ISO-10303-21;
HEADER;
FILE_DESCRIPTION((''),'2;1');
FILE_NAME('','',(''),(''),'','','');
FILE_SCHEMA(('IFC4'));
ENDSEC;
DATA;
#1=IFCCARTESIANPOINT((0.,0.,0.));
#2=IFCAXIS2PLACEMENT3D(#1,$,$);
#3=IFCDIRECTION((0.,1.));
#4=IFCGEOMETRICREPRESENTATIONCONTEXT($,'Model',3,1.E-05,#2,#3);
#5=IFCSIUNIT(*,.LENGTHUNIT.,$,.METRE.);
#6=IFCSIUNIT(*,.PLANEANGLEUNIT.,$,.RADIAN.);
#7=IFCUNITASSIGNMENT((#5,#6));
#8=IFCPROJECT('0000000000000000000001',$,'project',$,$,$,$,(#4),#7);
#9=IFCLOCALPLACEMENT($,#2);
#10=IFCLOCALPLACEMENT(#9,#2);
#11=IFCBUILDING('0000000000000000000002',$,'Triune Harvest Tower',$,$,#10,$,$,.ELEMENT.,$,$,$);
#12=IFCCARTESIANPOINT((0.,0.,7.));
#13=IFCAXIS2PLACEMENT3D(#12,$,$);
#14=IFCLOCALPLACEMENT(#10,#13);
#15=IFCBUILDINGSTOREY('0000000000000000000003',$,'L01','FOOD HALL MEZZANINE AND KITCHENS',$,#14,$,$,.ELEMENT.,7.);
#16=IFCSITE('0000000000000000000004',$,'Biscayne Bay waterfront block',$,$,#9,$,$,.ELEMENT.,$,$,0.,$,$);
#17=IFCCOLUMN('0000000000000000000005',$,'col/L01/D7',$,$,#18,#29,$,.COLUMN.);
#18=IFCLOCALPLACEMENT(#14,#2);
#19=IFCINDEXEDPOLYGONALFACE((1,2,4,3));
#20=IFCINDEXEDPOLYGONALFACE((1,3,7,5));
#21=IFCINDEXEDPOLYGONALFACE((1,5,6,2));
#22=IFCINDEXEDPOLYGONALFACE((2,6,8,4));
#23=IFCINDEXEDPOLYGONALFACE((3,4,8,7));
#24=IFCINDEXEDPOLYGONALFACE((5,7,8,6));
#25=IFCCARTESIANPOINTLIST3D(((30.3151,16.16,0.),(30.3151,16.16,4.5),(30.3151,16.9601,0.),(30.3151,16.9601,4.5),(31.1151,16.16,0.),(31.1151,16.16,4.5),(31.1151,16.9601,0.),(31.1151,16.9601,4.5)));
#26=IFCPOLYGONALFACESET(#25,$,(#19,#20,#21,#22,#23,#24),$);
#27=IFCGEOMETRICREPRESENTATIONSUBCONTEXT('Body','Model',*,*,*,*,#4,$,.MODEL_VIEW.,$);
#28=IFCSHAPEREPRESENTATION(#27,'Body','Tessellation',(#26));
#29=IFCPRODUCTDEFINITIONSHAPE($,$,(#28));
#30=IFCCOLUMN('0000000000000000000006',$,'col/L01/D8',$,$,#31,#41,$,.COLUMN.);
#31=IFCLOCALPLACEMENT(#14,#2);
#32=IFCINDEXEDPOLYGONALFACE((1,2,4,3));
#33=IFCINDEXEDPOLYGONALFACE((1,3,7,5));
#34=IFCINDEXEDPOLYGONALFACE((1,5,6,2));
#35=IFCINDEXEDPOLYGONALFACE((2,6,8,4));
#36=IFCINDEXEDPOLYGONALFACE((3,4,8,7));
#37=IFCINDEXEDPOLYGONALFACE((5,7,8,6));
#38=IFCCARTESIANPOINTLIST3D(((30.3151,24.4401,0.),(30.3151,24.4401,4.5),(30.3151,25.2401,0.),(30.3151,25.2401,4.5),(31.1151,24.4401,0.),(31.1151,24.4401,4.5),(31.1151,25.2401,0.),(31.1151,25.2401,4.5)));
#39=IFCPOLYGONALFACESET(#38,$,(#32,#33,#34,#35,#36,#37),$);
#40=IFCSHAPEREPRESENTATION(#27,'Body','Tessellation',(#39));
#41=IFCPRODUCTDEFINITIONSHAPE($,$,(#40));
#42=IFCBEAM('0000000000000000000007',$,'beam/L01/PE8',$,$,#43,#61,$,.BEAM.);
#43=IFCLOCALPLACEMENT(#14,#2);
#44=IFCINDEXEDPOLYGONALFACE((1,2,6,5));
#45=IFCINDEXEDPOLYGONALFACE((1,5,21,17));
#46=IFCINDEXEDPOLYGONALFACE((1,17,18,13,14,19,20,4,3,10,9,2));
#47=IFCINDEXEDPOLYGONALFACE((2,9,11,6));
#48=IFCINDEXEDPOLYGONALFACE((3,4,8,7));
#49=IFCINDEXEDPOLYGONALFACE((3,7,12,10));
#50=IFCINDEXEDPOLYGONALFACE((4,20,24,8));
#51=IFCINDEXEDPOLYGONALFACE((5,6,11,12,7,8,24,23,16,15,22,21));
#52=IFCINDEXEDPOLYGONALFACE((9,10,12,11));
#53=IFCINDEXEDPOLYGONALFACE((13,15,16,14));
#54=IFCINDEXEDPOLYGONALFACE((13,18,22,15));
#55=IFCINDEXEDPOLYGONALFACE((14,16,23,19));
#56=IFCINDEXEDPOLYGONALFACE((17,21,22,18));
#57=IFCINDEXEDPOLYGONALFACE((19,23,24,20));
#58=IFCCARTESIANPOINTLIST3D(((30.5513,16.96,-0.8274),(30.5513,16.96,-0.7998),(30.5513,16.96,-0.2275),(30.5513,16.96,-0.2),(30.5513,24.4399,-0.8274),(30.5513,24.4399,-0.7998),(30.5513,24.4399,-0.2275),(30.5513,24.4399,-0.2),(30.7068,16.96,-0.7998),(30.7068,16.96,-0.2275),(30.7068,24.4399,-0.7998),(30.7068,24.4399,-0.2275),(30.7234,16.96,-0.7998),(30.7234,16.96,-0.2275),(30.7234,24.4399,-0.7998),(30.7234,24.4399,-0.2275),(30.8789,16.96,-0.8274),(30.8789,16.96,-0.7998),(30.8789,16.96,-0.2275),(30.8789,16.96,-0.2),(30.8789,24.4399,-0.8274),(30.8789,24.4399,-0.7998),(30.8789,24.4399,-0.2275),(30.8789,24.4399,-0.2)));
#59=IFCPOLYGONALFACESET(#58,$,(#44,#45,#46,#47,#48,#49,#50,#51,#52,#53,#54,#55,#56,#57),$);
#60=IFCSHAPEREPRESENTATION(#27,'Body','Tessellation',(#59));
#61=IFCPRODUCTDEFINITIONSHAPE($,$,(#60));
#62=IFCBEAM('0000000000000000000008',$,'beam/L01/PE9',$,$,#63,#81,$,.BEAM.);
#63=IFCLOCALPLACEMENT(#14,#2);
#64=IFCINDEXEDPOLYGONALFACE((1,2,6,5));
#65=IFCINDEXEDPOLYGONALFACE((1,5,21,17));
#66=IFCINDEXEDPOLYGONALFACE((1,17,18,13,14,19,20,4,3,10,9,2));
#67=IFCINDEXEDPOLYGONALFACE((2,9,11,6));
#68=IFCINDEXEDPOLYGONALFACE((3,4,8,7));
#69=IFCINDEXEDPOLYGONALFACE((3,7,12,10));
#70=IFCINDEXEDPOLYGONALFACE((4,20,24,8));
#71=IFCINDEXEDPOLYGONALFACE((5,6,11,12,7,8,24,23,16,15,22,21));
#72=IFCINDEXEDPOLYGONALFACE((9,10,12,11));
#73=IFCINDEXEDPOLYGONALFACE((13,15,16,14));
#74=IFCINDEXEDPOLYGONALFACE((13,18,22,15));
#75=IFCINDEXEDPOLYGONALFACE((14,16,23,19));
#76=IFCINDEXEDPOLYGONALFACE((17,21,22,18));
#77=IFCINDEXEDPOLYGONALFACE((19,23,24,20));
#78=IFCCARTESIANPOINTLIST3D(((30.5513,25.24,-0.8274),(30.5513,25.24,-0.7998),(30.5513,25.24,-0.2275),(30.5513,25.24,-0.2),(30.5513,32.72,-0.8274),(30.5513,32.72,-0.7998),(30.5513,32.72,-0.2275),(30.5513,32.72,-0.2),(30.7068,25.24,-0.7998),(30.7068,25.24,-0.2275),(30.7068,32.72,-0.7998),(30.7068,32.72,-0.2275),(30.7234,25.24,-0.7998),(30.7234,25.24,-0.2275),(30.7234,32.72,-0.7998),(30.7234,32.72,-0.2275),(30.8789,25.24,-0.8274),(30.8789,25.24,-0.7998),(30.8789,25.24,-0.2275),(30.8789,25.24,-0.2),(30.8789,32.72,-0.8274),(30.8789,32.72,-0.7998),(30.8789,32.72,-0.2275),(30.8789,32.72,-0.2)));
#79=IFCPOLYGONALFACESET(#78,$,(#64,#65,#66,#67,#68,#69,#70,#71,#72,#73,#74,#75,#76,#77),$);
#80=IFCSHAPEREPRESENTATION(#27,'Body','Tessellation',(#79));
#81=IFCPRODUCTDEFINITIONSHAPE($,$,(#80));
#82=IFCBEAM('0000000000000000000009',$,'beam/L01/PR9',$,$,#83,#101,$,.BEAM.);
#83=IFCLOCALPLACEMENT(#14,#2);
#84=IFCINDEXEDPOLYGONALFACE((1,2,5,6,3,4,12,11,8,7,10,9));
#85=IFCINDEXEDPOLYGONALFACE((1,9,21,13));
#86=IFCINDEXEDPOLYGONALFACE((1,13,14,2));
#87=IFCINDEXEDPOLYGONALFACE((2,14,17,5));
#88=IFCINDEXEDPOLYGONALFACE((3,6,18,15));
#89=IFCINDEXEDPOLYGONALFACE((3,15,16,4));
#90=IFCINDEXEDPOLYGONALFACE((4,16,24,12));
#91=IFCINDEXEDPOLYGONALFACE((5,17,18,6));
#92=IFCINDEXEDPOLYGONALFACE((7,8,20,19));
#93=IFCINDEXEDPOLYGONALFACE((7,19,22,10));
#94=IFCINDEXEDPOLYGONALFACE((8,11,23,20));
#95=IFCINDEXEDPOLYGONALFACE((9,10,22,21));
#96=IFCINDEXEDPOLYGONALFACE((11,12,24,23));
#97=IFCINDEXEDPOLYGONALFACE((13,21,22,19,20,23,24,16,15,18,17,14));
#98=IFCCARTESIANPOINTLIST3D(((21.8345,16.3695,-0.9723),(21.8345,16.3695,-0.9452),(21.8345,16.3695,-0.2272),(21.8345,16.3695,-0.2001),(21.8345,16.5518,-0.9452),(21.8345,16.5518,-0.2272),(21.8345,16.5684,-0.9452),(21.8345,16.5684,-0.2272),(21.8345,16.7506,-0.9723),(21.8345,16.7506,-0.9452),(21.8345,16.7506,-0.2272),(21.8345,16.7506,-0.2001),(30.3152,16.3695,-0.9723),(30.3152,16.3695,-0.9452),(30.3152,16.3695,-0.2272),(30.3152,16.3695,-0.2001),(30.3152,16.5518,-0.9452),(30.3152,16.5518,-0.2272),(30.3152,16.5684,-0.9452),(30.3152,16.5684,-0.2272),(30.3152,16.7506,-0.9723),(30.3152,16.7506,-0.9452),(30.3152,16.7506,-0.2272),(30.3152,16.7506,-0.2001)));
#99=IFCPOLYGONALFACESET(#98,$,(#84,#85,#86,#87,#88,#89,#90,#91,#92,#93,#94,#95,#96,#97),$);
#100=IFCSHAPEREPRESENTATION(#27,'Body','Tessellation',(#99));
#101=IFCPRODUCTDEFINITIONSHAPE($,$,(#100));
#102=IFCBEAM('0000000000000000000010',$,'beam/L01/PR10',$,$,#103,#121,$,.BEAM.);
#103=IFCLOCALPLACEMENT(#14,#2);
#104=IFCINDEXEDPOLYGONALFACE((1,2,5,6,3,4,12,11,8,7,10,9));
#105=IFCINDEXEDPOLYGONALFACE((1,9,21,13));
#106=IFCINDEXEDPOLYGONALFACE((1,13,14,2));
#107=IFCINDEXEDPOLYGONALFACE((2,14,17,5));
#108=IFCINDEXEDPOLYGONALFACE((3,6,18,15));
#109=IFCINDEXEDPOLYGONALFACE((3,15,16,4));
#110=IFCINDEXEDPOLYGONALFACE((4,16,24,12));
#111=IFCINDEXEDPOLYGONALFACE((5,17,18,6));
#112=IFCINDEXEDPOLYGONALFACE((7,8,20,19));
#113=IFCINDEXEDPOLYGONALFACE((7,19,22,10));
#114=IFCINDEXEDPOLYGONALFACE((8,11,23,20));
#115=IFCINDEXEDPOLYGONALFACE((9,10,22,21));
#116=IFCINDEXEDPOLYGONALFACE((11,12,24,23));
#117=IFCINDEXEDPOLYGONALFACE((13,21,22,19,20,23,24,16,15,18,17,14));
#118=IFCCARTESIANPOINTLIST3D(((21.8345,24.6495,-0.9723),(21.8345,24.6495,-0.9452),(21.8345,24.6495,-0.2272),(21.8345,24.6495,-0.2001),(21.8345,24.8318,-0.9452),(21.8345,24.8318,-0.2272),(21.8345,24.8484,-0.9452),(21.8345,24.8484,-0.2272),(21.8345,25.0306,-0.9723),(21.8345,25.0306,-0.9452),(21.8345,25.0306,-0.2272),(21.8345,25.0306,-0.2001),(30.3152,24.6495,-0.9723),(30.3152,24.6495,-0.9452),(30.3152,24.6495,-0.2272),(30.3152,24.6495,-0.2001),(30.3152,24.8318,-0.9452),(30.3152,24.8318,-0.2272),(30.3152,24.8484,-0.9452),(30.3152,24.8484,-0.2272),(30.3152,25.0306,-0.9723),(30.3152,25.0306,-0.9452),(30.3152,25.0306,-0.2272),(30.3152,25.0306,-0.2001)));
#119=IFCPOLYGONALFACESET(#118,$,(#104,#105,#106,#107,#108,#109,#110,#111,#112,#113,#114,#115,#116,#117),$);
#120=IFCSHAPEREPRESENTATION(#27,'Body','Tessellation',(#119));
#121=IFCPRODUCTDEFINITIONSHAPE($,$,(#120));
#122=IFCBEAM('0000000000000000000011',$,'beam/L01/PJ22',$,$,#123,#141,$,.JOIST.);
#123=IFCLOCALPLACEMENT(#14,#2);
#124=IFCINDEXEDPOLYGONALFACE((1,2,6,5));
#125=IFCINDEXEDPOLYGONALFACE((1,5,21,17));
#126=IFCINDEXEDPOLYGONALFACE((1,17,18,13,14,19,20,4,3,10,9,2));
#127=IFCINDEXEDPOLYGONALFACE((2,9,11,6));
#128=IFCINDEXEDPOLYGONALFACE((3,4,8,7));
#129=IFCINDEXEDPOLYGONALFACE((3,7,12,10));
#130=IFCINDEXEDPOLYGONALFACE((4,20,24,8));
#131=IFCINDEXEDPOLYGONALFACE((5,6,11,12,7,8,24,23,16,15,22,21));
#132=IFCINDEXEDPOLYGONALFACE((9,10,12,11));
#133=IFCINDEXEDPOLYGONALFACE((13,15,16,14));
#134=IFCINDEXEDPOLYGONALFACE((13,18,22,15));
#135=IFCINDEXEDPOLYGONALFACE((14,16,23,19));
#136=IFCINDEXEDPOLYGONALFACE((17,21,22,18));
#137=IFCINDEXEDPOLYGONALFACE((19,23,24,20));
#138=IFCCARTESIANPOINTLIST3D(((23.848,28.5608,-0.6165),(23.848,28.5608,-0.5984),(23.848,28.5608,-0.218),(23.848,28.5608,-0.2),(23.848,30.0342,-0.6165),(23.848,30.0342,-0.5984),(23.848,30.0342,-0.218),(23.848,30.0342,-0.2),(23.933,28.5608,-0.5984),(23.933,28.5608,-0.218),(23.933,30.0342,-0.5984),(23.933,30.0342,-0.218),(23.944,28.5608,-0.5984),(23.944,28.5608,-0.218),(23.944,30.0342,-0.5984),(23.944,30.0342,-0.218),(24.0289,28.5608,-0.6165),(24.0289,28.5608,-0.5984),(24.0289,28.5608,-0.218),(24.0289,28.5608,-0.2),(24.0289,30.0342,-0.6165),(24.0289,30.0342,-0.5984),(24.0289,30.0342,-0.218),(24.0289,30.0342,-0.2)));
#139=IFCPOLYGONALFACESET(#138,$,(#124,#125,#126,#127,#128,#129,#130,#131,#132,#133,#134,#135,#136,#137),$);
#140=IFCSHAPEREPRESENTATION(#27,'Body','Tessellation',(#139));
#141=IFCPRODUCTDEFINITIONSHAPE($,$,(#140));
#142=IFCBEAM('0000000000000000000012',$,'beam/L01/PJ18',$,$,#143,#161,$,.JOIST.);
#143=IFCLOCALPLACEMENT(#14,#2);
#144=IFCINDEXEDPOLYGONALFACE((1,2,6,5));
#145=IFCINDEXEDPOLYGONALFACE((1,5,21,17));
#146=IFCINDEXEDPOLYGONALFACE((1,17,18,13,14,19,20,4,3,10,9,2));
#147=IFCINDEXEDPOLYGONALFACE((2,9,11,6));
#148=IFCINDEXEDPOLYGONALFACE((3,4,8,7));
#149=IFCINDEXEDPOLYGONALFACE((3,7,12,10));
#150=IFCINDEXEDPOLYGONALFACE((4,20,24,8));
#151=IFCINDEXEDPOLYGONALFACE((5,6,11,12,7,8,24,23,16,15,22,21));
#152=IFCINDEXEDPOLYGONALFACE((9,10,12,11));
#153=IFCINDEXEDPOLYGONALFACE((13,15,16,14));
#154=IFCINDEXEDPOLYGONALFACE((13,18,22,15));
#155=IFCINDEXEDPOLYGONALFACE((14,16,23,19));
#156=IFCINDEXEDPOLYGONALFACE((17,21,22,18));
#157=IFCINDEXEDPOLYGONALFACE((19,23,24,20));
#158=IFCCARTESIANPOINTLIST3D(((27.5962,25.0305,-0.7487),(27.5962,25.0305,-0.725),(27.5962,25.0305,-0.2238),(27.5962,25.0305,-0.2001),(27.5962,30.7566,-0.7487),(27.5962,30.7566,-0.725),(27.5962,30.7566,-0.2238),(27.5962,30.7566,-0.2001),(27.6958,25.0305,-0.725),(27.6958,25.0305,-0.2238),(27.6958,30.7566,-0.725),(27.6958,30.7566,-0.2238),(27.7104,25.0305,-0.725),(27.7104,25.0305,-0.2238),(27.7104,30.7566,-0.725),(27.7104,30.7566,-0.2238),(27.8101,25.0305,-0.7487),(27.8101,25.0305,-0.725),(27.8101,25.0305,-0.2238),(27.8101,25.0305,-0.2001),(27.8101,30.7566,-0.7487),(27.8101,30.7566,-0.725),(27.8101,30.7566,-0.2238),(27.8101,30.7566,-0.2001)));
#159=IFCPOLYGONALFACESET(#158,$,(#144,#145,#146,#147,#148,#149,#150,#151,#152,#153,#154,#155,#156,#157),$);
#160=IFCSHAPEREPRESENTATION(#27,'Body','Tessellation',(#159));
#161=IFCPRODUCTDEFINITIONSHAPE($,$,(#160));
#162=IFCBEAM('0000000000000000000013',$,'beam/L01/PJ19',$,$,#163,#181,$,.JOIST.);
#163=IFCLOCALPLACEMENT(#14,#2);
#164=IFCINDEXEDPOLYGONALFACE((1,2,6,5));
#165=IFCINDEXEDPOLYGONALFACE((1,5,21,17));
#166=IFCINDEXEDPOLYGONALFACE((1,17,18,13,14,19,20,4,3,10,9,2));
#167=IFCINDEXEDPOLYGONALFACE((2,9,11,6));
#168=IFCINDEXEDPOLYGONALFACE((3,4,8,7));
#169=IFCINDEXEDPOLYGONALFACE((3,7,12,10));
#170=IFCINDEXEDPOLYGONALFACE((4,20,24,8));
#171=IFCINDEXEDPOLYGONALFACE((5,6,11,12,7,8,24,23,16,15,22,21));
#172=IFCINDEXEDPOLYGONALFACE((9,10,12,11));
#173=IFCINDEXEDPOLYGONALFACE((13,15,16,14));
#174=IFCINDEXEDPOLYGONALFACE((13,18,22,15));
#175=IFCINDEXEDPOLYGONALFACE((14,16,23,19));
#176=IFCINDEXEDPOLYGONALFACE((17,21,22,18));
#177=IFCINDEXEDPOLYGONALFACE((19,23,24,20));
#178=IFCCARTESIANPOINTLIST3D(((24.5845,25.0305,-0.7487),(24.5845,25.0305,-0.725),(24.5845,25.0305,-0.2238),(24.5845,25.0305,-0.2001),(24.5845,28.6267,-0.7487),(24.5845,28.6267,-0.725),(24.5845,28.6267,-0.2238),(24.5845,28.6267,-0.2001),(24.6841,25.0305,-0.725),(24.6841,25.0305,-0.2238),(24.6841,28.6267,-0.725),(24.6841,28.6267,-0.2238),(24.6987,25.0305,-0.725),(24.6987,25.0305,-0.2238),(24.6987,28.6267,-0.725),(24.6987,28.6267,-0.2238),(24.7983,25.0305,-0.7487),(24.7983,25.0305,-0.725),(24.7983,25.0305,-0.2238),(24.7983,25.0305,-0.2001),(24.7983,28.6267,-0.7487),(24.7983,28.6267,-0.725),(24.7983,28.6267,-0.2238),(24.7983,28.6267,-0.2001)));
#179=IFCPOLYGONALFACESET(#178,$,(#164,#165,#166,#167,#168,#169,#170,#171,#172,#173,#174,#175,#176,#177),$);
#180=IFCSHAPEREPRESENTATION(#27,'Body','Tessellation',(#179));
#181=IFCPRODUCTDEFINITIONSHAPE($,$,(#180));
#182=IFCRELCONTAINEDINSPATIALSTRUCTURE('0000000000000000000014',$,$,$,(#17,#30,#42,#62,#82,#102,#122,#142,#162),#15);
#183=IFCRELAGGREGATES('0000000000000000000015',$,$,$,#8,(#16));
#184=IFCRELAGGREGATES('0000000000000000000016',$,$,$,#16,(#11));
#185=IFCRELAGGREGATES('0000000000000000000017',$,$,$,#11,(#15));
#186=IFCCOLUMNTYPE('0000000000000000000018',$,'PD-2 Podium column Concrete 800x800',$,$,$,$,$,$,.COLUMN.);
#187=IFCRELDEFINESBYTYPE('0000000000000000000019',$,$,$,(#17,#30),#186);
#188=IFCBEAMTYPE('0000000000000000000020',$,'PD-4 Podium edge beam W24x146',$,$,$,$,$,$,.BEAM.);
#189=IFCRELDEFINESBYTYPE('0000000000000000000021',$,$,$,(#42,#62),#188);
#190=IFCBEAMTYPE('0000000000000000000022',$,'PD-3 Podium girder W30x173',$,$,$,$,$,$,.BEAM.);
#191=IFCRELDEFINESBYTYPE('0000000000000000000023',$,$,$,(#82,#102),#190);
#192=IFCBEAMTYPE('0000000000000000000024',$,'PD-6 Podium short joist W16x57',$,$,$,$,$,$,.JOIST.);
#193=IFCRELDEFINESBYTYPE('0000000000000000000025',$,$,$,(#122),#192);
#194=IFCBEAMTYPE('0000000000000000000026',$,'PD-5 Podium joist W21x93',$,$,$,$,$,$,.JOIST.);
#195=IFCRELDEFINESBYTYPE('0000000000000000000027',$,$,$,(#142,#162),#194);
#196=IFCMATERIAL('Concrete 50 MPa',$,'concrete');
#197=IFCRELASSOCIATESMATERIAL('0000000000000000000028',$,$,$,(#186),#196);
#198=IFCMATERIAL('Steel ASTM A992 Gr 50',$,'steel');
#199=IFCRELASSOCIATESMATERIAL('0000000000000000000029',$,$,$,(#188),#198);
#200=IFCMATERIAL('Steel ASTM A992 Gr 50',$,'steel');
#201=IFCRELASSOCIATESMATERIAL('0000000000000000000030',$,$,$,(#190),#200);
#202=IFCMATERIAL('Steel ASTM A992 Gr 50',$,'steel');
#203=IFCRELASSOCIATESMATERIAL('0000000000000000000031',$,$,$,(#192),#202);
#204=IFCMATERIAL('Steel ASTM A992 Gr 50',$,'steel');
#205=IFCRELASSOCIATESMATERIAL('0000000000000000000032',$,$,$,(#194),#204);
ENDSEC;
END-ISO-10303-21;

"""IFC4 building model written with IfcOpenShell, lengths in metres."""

from ifc_helpers import new_model, si_unit, direction, frame, origin, origin_2d, place, context, subcontext, project, spatial, rectangle, i_section, extrude, source, transform, mapped, material, material_profile, profile_set, type_object, element, save


model = new_model("IFC4")

# Units and contexts
model_context = context("Model", 3, precision=1e-05, world=origin(), true_north=direction((0.0, 1.0)))
body_context = subcontext(model_context, "Body", "Model", "MODEL_VIEW")
ifc_project = project(units=[si_unit("LENGTHUNIT", "METRE"), si_unit("PLANEANGLEUNIT", "RADIAN")], contexts=[model_context])

# Site, building, storey
site_placement = place(None, origin())
site = spatial("IfcSite", under=ifc_project, at=site_placement, Name="Biscayne Bay waterfront block", CompositionType="ELEMENT", RefElevation=0.0)
building_placement = place(site_placement, origin())
building = spatial("IfcBuilding", under=site, at=building_placement, Name="Triune Harvest Tower", CompositionType="ELEMENT")
storey_placement = place(building_placement, frame((0.0, 0.0, 7.0)))
storey = spatial("IfcBuildingStorey", under=building, at=storey_placement, Name="L01", Description="FOOD HALL MEZZANINE AND KITCHENS", CompositionType="ELEMENT", Elevation=7.0)

# Columns
ifc_material_1 = material(Name="Concrete 50 MPa", Category="concrete")
ifc_material_profile_1 = material_profile(ifc_material_1, rectangle(XDim=0.8, YDim=0.8, at=origin_2d()), Name="Concrete 800x800")
ifc_profile_set_1 = profile_set([ifc_material_profile_1], Name="Concrete 50 MPa")
column_type = type_object("IfcColumnType", Name="PD-2 Podium column Concrete 800x800", PredefinedType="COLUMN", material=ifc_profile_set_1)
shared_shape_1 = source(origin(), body_context, "Body", "SweptSolid", [
    extrude(rectangle(XDim=0.8, YDim=0.8, at=origin_2d()), origin(), (0.0, 0.0, 1.0), 4.5),
])
for number, where, z_axis, x_axis, name in (
    (1, (30.7151, 16.5601, 0.0), (0.0, 0.0, 1.0), (0.0, 1.0, 0.0), "col/L01/D7"),
    (2, (30.7151, 24.8401, 0.0), (0.0, 0.0, 1.0), (0.0, 1.0, 0.0), "col/L01/D8"),
):
    element("IfcColumn", number, at=place(storey_placement, frame(where, z_axis=z_axis, x_axis=x_axis)), inside=storey, type_object=column_type, Name=name, PredefinedType="COLUMN", context=body_context, shape_type="MappedRepresentation", body=[
        mapped(shared_shape_1, transform((0.0, 0.0, 0.0), scale=1.0)),
    ])

# Beams
ifc_material_2 = material(Name="Steel ASTM A992 Gr 50", Category="steel")
ifc_material_profile_2 = material_profile(ifc_material_2, i_section(OverallWidth=0.3276, OverallDepth=0.6274, WebThickness=0.0166, FlangeThickness=0.0276, at=origin_2d()), Name="W24x146")
ifc_profile_set_2 = profile_set([ifc_material_profile_2], Name="Steel ASTM A992 Gr 50")
beam_type_1 = type_object("IfcBeamType", Name="PD-4 Podium edge beam W24x146", PredefinedType="BEAM", material=ifc_profile_set_2)
shared_shape_2 = source(origin(), body_context, "Body", "SweptSolid", [
    extrude(i_section(OverallWidth=0.3276, OverallDepth=0.6274, WebThickness=0.0166, FlangeThickness=0.0276, at=origin_2d()), origin(), (0.0, 0.0, 1.0), 7.48),
])
for number, where, z_axis, x_axis, name in (
    (3, (30.7151, 16.96, -0.5137), (0.0, 1.0, 0.0), (-1.0, 0.0, 0.0), "beam/L01/PE8"),
    (4, (30.7151, 25.24, -0.5137), (0.0, 1.0, 0.0), (-1.0, 0.0, 0.0), "beam/L01/PE9"),
):
    element("IfcBeam", number, at=place(storey_placement, frame(where, z_axis=z_axis, x_axis=x_axis)), inside=storey, type_object=beam_type_1, Name=name, PredefinedType="BEAM", context=body_context, shape_type="MappedRepresentation", body=[
        mapped(shared_shape_2, transform((0.0, 0.0, 0.0), scale=1.0)),
    ])
ifc_material_3 = material(Name="Steel ASTM A992 Gr 50", Category="steel")
ifc_material_profile_3 = material_profile(ifc_material_3, i_section(OverallWidth=0.3811, OverallDepth=0.7722, WebThickness=0.0166, FlangeThickness=0.0271, at=origin_2d()), Name="W30x173")
ifc_profile_set_3 = profile_set([ifc_material_profile_3], Name="Steel ASTM A992 Gr 50")
beam_type_2 = type_object("IfcBeamType", Name="PD-3 Podium girder W30x173", PredefinedType="BEAM", material=ifc_profile_set_3)
shared_shape_3 = source(origin(), body_context, "Body", "SweptSolid", [
    extrude(i_section(OverallWidth=0.3811, OverallDepth=0.7722, WebThickness=0.0166, FlangeThickness=0.0271, at=origin_2d()), origin(), (0.0, 0.0, 1.0), 8.4807),
])
for number, where, z_axis, x_axis, name in (
    (5, (30.3152, 16.5601, -0.5862), (-1.0, 0.0, 0.0), (0.0, -1.0, 0.0), "beam/L01/PR9"),
    (6, (30.3152, 24.8401, -0.5862), (-1.0, 0.0, 0.0), (0.0, -1.0, 0.0), "beam/L01/PR10"),
):
    element("IfcBeam", number, at=place(storey_placement, frame(where, z_axis=z_axis, x_axis=x_axis)), inside=storey, type_object=beam_type_2, Name=name, PredefinedType="BEAM", context=body_context, shape_type="MappedRepresentation", body=[
        mapped(shared_shape_3, transform((0.0, 0.0, 0.0), scale=1.0)),
    ])
ifc_material_4 = material(Name="Steel ASTM A992 Gr 50", Category="steel")
ifc_material_profile_4 = material_profile(ifc_material_4, i_section(OverallWidth=0.1809, OverallDepth=0.4165, WebThickness=0.011, FlangeThickness=0.0181, at=origin_2d()), Name="W16x57")
ifc_profile_set_4 = profile_set([ifc_material_profile_4], Name="Steel ASTM A992 Gr 50")
beam_type_3 = type_object("IfcBeamType", Name="PD-6 Podium short joist W16x57", PredefinedType="JOIST", material=ifc_profile_set_4)
shared_shape_4 = source(origin(), body_context, "Body", "SweptSolid", [
    extrude(i_section(OverallWidth=0.1809, OverallDepth=0.4165, WebThickness=0.011, FlangeThickness=0.0181, at=origin_2d()), origin(), (0.0, 0.0, 1.0), 1.4734),
])
beam_1_placement = place(storey_placement, frame((23.9385, 28.5608, -0.4082), z_axis=(0.0, 1.0, 0.0), x_axis=(-1.0, 0.0, 0.0)))
element("IfcBeam", 7, at=beam_1_placement, inside=storey, type_object=beam_type_3, Name="beam/L01/PJ22", PredefinedType="JOIST", context=body_context, shape_type="MappedRepresentation", body=[
    mapped(shared_shape_4, transform((0.0, 0.0, 0.0), scale=1.0)),
])
ifc_material_5 = material(Name="Steel ASTM A992 Gr 50", Category="steel")
ifc_material_profile_5 = material_profile(ifc_material_5, i_section(OverallWidth=0.2139, OverallDepth=0.5486, WebThickness=0.0146, FlangeThickness=0.0237, at=origin_2d()), Name="W21x93")
ifc_profile_set_5 = profile_set([ifc_material_profile_5], Name="Steel ASTM A992 Gr 50")
beam_type_4 = type_object("IfcBeamType", Name="PD-5 Podium joist W21x93", PredefinedType="JOIST", material=ifc_profile_set_5)
shared_shape_5 = source(origin(), body_context, "Body", "SweptSolid", [
    extrude(i_section(OverallWidth=0.2139, OverallDepth=0.5486, WebThickness=0.0146, FlangeThickness=0.0237, at=origin_2d()), origin(), (0.0, 0.0, 1.0), 5.7261),
])
beam_2_placement = place(storey_placement, frame((27.7031, 25.0305, -0.4744), z_axis=(0.0, 1.0, 0.0), x_axis=(-1.0, 0.0, 0.0)))
element("IfcBeam", 8, at=beam_2_placement, inside=storey, type_object=beam_type_4, Name="beam/L01/PJ18", PredefinedType="JOIST", context=body_context, shape_type="MappedRepresentation", body=[
    mapped(shared_shape_5, transform((0.0, 0.0, 0.0), scale=1.0)),
])
shared_shape_6 = source(origin(), body_context, "Body", "SweptSolid", [
    extrude(i_section(OverallWidth=0.2139, OverallDepth=0.5486, WebThickness=0.0146, FlangeThickness=0.0237, at=origin_2d()), origin(), (0.0, 0.0, 1.0), 3.5962),
])
beam_3_placement = place(storey_placement, frame((24.6914, 25.0305, -0.4744), z_axis=(0.0, 1.0, 0.0), x_axis=(-1.0, 0.0, 0.0)))
element("IfcBeam", 9, at=beam_3_placement, inside=storey, type_object=beam_type_4, Name="beam/L01/PJ19", PredefinedType="JOIST", context=body_context, shape_type="MappedRepresentation", body=[
    mapped(shared_shape_6, transform((0.0, 0.0, 0.0), scale=1.0)),
])

save(model, "model.ifc")
